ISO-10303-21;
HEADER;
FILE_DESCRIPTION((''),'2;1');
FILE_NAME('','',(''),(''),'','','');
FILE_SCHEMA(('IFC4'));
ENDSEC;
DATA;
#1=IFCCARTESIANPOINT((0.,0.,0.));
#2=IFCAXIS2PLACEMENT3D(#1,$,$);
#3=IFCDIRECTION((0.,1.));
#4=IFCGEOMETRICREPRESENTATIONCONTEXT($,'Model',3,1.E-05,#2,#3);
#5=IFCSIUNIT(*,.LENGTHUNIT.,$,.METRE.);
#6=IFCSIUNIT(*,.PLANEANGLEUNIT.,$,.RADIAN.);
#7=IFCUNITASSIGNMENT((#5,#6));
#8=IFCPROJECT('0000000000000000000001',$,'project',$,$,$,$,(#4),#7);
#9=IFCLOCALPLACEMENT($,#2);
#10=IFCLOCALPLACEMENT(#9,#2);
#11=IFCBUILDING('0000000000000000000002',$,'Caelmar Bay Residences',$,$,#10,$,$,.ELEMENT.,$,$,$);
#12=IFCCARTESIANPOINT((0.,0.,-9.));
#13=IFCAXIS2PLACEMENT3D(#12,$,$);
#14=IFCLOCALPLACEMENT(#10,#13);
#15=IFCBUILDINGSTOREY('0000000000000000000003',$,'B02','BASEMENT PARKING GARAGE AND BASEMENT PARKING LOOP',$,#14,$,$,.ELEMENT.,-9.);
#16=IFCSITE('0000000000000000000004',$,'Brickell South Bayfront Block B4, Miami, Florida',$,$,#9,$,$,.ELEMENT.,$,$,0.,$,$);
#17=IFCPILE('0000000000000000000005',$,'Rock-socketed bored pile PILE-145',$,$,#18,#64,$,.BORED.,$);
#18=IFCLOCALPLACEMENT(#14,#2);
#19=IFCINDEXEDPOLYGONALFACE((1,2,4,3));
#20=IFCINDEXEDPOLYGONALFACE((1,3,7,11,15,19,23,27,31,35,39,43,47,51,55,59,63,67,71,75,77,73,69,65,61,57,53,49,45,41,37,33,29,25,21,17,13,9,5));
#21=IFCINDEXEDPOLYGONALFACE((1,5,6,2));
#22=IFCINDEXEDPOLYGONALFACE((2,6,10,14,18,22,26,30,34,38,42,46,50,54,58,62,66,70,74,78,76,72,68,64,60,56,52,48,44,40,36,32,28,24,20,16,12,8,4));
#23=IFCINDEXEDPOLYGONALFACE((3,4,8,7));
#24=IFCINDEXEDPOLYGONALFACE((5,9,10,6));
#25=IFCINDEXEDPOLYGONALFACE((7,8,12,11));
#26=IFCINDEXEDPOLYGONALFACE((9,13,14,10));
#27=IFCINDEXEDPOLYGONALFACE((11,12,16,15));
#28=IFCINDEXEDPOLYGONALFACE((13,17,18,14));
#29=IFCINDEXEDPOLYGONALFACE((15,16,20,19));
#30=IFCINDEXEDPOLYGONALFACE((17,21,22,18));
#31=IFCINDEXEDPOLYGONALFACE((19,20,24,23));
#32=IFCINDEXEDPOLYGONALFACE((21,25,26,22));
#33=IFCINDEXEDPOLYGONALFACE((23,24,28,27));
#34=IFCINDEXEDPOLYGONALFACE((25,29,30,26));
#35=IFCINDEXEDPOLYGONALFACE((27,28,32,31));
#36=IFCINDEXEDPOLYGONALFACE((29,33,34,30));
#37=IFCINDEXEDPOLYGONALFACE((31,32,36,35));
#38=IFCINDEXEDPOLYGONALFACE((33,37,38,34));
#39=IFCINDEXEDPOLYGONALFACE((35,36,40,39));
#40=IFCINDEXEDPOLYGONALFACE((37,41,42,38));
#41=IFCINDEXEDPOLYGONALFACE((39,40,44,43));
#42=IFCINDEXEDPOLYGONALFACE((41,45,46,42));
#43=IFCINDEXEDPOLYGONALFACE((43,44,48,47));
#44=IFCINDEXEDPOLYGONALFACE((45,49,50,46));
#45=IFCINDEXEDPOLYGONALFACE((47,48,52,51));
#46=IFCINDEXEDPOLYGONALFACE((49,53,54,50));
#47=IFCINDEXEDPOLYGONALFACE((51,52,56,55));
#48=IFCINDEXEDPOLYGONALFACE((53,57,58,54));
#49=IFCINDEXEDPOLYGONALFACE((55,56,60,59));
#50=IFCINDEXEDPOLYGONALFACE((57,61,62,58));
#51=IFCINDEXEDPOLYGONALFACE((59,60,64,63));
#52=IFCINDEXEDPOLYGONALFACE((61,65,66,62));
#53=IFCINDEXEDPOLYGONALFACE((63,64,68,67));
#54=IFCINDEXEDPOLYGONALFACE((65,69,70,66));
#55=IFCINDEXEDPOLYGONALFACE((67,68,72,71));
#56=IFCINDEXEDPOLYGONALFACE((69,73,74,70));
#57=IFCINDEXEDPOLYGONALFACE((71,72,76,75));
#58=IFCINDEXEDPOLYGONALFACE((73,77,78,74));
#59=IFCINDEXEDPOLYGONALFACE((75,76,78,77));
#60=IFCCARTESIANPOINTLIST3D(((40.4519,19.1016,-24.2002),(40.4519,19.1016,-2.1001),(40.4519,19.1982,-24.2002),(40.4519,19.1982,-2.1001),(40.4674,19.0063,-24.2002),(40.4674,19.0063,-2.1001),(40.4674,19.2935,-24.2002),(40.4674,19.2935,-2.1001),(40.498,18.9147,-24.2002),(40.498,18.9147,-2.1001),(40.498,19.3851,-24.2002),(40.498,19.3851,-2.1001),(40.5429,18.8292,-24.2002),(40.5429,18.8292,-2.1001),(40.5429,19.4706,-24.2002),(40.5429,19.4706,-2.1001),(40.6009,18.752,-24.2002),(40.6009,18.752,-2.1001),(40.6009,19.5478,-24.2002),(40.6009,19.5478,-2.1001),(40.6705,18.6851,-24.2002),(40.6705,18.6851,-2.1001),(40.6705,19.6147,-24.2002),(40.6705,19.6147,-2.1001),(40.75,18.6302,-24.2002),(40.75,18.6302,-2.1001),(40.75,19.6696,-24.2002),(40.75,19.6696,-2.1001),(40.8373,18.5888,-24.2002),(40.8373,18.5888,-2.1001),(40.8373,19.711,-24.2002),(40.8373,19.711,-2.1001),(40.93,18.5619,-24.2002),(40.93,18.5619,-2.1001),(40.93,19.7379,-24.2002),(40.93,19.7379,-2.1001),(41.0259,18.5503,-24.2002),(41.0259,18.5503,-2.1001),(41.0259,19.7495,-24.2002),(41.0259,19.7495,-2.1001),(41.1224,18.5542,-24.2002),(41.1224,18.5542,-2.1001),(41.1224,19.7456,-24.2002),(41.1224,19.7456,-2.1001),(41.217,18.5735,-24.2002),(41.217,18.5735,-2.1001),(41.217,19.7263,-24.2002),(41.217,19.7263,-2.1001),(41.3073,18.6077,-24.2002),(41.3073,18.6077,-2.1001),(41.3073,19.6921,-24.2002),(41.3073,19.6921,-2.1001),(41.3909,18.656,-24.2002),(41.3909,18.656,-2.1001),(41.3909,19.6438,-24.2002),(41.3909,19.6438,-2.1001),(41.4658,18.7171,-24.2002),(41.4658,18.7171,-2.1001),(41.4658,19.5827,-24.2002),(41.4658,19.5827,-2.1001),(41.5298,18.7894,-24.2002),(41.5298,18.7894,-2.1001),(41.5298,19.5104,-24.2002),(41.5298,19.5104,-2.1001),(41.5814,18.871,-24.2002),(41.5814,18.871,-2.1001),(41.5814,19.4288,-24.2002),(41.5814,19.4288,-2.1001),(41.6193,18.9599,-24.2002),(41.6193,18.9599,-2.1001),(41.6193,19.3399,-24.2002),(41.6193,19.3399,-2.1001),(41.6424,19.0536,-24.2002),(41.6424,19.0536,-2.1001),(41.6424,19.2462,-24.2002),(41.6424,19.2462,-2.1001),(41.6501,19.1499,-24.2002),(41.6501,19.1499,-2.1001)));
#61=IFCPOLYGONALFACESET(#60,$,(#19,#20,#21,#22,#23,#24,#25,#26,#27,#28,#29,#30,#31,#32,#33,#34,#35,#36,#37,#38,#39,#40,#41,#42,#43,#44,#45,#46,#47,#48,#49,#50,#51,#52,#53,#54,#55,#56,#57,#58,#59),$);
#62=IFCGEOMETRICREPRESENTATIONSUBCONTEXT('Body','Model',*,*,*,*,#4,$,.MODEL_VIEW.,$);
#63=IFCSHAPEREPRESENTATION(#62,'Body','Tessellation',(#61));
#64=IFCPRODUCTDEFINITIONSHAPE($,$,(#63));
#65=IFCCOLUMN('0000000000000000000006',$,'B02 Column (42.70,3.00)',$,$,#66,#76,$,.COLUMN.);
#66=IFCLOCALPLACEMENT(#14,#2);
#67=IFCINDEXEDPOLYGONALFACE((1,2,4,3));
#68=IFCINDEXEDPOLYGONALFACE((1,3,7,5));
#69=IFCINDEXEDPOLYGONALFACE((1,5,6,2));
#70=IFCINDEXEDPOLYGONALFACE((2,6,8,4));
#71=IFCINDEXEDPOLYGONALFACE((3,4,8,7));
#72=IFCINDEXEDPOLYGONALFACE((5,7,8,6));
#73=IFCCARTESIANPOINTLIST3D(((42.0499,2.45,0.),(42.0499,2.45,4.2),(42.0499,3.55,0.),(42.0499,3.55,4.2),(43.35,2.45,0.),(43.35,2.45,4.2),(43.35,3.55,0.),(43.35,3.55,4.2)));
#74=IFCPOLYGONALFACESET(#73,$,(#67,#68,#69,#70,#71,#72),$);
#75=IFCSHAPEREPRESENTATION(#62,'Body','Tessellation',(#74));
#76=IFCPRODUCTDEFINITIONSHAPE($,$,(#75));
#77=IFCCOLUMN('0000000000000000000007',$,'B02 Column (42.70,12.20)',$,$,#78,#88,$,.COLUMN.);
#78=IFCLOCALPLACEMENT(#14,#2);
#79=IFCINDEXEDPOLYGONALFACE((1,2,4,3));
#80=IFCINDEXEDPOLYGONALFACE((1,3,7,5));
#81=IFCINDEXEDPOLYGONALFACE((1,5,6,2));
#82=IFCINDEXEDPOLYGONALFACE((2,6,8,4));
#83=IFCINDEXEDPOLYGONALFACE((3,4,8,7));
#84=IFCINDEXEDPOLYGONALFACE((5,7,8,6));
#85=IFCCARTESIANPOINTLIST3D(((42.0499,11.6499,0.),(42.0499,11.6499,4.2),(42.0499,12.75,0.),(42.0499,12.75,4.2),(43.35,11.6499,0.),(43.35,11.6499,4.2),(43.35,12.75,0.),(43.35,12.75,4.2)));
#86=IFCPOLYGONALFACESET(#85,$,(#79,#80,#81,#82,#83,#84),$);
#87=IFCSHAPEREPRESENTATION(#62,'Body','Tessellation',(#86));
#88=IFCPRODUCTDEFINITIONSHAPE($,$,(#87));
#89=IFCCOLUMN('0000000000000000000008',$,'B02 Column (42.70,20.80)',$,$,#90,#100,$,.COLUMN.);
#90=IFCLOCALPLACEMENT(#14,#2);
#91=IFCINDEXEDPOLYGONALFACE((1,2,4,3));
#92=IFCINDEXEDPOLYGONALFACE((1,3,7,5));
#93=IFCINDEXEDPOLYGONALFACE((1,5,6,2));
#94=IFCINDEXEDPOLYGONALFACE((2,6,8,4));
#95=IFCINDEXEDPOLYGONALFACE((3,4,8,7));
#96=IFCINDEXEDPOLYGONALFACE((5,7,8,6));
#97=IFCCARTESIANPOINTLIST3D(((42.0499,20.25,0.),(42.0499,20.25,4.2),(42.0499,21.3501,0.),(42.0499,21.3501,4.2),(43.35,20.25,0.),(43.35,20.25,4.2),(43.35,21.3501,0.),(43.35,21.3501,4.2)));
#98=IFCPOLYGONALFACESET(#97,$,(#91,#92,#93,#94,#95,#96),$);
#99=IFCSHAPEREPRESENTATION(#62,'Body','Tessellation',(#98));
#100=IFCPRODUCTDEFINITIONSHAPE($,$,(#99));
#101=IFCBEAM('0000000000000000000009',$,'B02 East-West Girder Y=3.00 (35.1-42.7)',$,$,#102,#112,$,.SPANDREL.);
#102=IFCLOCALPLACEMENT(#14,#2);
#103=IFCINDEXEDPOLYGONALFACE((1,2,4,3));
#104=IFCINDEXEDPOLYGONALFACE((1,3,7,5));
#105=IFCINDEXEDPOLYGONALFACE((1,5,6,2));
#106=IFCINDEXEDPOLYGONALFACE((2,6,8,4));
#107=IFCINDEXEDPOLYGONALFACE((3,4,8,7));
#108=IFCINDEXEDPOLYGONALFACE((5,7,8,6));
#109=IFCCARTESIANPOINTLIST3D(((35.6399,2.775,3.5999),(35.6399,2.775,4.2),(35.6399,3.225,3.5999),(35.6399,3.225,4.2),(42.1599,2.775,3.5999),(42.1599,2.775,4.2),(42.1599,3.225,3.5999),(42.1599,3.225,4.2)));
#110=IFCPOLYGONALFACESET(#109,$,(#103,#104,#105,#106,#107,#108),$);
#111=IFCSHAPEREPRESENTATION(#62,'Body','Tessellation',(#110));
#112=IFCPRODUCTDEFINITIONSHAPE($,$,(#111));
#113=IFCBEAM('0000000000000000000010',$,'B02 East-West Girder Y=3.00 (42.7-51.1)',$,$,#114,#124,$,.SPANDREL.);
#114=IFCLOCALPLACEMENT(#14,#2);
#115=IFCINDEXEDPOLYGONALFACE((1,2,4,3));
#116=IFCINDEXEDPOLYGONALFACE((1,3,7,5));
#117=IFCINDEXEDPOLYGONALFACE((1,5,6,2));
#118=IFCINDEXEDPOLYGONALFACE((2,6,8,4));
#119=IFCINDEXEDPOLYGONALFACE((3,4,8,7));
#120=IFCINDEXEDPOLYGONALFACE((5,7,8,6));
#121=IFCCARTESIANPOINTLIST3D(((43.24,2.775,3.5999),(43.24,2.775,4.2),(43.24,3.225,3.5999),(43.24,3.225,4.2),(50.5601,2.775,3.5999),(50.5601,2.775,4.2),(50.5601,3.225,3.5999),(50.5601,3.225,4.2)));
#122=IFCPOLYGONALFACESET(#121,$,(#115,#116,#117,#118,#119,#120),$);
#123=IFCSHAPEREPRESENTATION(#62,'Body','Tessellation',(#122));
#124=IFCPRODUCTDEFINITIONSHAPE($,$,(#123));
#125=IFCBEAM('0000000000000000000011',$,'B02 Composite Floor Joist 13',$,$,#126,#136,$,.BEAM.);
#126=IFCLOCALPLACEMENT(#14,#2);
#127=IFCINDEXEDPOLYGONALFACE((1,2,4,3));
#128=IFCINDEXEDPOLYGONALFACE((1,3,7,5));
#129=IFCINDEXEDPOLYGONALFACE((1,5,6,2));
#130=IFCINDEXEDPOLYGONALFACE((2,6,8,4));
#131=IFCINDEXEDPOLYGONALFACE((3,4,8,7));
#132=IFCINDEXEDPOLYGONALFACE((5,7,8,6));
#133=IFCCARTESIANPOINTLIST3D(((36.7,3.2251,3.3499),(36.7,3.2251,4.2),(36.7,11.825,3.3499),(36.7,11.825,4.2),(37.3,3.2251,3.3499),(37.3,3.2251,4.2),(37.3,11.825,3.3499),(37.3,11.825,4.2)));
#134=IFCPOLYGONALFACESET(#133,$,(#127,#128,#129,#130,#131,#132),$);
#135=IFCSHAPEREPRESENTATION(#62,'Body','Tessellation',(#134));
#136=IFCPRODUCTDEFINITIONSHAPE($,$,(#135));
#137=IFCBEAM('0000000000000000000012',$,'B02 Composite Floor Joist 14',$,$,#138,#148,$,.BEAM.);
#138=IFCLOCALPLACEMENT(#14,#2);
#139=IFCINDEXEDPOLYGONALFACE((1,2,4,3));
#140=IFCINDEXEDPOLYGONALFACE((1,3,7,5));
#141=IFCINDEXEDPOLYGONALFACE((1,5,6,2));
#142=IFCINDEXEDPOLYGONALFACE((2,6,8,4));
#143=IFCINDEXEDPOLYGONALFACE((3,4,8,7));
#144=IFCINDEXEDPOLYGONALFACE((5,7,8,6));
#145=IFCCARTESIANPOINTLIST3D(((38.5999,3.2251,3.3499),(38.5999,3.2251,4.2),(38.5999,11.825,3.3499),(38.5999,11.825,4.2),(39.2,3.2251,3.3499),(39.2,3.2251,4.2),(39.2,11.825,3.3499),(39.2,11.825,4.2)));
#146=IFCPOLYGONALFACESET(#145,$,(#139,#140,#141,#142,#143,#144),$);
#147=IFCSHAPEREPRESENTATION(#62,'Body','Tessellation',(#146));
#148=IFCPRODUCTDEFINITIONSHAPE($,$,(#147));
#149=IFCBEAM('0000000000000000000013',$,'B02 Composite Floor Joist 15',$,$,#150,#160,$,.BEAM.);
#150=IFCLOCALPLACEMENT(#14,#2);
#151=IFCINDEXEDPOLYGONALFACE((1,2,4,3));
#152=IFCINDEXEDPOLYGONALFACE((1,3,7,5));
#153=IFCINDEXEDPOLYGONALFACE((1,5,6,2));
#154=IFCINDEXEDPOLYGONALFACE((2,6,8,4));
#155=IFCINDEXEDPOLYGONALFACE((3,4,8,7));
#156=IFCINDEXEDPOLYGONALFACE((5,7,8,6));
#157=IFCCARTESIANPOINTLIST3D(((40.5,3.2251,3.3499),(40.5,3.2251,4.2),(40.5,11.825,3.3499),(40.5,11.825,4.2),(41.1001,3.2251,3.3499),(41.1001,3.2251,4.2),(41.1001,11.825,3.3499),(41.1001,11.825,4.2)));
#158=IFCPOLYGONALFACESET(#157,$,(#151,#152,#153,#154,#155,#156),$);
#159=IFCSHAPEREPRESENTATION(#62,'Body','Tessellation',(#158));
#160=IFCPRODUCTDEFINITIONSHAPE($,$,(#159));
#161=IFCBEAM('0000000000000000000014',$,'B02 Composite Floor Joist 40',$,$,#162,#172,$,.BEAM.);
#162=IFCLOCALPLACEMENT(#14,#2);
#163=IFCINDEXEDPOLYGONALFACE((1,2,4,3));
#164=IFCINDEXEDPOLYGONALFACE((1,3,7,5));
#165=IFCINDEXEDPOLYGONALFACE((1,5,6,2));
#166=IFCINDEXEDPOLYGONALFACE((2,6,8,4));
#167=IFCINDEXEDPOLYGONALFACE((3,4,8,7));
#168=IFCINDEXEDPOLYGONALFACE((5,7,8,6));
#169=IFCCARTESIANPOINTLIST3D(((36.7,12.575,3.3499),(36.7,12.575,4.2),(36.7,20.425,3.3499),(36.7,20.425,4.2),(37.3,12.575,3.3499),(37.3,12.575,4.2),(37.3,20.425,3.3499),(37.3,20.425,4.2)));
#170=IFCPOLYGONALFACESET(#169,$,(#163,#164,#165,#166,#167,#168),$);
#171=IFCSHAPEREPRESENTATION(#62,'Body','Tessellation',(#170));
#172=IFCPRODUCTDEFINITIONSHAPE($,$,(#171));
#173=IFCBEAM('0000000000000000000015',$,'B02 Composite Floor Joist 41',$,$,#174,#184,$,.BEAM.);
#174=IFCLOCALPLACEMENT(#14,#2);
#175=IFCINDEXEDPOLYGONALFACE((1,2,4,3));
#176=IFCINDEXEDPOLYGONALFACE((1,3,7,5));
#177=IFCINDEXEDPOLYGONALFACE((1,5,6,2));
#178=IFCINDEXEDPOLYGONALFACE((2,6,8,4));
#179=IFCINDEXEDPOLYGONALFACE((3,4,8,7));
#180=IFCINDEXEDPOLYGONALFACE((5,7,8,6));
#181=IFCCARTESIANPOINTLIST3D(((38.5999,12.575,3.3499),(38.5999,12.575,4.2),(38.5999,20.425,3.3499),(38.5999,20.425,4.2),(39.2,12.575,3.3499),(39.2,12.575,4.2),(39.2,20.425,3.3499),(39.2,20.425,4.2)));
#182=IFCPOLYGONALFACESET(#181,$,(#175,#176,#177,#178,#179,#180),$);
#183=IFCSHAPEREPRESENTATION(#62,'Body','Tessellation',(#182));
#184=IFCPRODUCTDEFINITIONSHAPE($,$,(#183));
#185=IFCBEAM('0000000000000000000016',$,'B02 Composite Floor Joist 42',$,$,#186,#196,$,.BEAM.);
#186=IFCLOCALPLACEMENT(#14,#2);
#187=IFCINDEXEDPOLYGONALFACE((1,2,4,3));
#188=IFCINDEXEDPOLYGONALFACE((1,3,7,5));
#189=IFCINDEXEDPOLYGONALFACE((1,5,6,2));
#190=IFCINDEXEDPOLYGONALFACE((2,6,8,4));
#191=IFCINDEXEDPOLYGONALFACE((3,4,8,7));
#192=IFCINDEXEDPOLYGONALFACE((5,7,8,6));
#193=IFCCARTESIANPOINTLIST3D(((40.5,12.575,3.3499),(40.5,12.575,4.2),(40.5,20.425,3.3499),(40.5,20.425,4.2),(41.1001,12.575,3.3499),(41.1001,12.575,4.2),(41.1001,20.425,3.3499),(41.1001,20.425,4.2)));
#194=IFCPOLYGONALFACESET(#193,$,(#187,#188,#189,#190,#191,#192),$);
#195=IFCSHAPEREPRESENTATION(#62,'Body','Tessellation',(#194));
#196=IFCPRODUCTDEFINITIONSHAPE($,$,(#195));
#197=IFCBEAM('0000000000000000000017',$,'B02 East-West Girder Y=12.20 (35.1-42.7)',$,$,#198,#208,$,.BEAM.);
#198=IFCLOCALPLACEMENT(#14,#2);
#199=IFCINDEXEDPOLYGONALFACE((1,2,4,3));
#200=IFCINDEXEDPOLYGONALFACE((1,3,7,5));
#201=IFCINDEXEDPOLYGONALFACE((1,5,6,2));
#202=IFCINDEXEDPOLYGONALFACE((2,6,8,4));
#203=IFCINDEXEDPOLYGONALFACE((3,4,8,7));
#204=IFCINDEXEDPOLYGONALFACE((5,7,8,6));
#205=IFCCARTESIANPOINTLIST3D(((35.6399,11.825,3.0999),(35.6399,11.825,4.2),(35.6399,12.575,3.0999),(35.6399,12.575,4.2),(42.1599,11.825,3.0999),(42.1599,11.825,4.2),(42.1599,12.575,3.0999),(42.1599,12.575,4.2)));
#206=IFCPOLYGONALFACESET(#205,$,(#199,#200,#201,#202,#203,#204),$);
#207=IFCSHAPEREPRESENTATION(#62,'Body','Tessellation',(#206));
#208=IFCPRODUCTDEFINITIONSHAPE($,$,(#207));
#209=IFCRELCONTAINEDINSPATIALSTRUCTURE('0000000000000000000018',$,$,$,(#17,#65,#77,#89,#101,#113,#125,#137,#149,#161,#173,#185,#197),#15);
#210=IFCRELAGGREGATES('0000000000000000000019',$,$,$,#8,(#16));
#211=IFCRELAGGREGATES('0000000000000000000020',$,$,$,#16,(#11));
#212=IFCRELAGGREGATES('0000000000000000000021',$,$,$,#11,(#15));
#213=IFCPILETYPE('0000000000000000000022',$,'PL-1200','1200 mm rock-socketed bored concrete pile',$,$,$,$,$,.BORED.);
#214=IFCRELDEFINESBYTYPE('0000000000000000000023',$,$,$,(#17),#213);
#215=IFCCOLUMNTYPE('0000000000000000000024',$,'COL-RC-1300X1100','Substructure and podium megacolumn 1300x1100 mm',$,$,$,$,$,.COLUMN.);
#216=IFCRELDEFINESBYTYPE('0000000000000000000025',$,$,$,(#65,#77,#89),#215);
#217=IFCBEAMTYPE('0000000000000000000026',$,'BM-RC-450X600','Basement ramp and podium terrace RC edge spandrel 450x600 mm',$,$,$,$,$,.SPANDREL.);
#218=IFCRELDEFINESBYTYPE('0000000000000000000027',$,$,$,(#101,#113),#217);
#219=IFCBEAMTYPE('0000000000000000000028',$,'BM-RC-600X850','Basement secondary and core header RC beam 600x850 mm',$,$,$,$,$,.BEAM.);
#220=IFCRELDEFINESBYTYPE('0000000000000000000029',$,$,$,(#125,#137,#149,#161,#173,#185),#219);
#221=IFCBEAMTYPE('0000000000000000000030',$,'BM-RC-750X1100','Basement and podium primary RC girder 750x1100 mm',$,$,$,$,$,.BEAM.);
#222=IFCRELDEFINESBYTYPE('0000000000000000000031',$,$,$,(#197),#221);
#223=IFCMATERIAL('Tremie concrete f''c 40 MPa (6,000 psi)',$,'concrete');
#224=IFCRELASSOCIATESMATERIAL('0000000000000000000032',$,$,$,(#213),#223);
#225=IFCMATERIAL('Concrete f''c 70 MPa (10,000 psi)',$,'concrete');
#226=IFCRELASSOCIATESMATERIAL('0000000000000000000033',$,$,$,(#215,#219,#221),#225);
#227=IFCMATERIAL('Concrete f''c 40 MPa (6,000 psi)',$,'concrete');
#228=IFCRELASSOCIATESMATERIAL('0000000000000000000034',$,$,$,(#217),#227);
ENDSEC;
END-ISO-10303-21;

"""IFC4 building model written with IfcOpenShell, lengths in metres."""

from ifc_helpers import new_model, si_unit, direction, frame, origin, origin_2d, place, context, subcontext, project, spatial, rectangle, circle, extrude, material, material_profile, profile_set, type_object, element, save


model = new_model("IFC4")

# Units and contexts
model_context = context("Model", 3, precision=1e-05, world=origin(), true_north=direction((0.0, 1.0)))
body_context = subcontext(model_context, "Body", "Model", "MODEL_VIEW")
ifc_project = project(units=[si_unit("LENGTHUNIT", "METRE"), si_unit("PLANEANGLEUNIT", "RADIAN")], contexts=[model_context])

# Site, building, storey
site_placement = place(None, origin())
site = spatial("IfcSite", under=ifc_project, at=site_placement, Name="Brickell South Bayfront Block B4, Miami, Florida", CompositionType="ELEMENT", RefElevation=0.0)
building_placement = place(site_placement, origin())
building = spatial("IfcBuilding", under=site, at=building_placement, Name="Caelmar Bay Residences", CompositionType="ELEMENT")
storey_placement = place(building_placement, frame((0.0, 0.0, -9.0)))
storey = spatial("IfcBuildingStorey", under=building, at=storey_placement, Name="B02", Description="BASEMENT PARKING GARAGE AND BASEMENT PARKING LOOP", CompositionType="ELEMENT", Elevation=-9.0)

# Pile
ifc_material_1 = material(Name="Tremie concrete f'c 40 MPa (6,000 psi)", Category="concrete")
ifc_material_profile_1 = material_profile(ifc_material_1, circle(Radius=0.6001, at=origin_2d()), Name="PILE-1200D")
ifc_profile_set_1 = profile_set([ifc_material_profile_1], Name="Tremie concrete f'c 40 MPa (6,000 psi)")
pile_type = type_object("IfcPileType", Name="PL-1200", Description="1200 mm rock-socketed bored concrete pile", PredefinedType="BORED", material=ifc_profile_set_1)
for number, where, z_axis, x_axis, name in (
    (1, (41.05, 19.1499, -2.1001), (0.0, 0.0, -1.0), (1.0, 0.0, 0.0), "Rock-socketed bored pile PILE-145"),
):
    element("IfcPile", number, at=place(storey_placement, frame(where, z_axis=z_axis, x_axis=x_axis)), inside=storey, type_object=pile_type, Name=name, PredefinedType="BORED", context=body_context, shape_type="SweptSolid", body=[
        extrude(circle(Radius=0.6001, at=origin_2d()), origin(), (0.0, 0.0, 1.0), 22.1001),
    ])

# Columns
ifc_material_2 = material(Name="Concrete f'c 70 MPa (10,000 psi)", Category="concrete")
ifc_material_profile_2 = material_profile(ifc_material_2, rectangle(XDim=1.3, YDim=1.1001, at=origin_2d()), Name="RC-COL-1300X1100")
ifc_profile_set_2 = profile_set([ifc_material_profile_2], Name="Concrete f'c 70 MPa (10,000 psi)")
column_type = type_object("IfcColumnType", Name="COL-RC-1300X1100", Description="Substructure and podium megacolumn 1300x1100 mm", PredefinedType="COLUMN", material=ifc_profile_set_2)
for number, where, z_axis, x_axis, name in (
    (2, (42.7, 3.0, 0.0), (0.0, 0.0, 1.0), (1.0, 0.0, 0.0), "B02 Column (42.70,3.00)"),
    (3, (42.7, 12.2, 0.0), (0.0, 0.0, 1.0), (1.0, 0.0, 0.0), "B02 Column (42.70,12.20)"),
    (4, (42.7, 20.8, 0.0), (0.0, 0.0, 1.0), (1.0, 0.0, 0.0), "B02 Column (42.70,20.80)"),
):
    element("IfcColumn", number, at=place(storey_placement, frame(where, z_axis=z_axis, x_axis=x_axis)), inside=storey, type_object=column_type, Name=name, PredefinedType="COLUMN", context=body_context, shape_type="SweptSolid", body=[
        extrude(rectangle(XDim=1.3, YDim=1.1001, at=origin_2d()), origin(), (0.0, 0.0, 1.0), 4.2),
    ])

# Beams
ifc_material_3 = material(Name="Concrete f'c 40 MPa (6,000 psi)", Category="concrete")
ifc_material_profile_3 = material_profile(ifc_material_3, rectangle(XDim=0.45, YDim=0.6001, at=origin_2d()), Name="RC-BM-450X600")
ifc_profile_set_3 = profile_set([ifc_material_profile_3], Name="Concrete f'c 40 MPa (6,000 psi)")
beam_type_1 = type_object("IfcBeamType", Name="BM-RC-450X600", Description="Basement ramp and podium terrace RC edge spandrel 450x600 mm", PredefinedType="SPANDREL", material=ifc_profile_set_3)
beam_1_placement = place(storey_placement, frame((35.6399, 3.0, 3.8999), z_axis=(1.0, 0.0, 0.0), x_axis=(0.0, 1.0, 0.0)))
element("IfcBeam", 5, at=beam_1_placement, inside=storey, type_object=beam_type_1, Name="B02 East-West Girder Y=3.00 (35.1-42.7)", PredefinedType="SPANDREL", context=body_context, shape_type="SweptSolid", body=[
    extrude(rectangle(XDim=0.45, YDim=0.6001, at=origin_2d()), origin(), (0.0, 0.0, 1.0), 6.52),
])
beam_2_placement = place(storey_placement, frame((43.24, 3.0, 3.8999), z_axis=(1.0, 0.0, 0.0), x_axis=(0.0, 1.0, 0.0)))
element("IfcBeam", 6, at=beam_2_placement, inside=storey, type_object=beam_type_1, Name="B02 East-West Girder Y=3.00 (42.7-51.1)", PredefinedType="SPANDREL", context=body_context, shape_type="SweptSolid", body=[
    extrude(rectangle(XDim=0.45, YDim=0.6001, at=origin_2d()), origin(), (0.0, 0.0, 1.0), 7.3201),
])
ifc_material_profile_4 = material_profile(ifc_material_2, rectangle(XDim=0.6001, YDim=0.8501, at=origin_2d()), Name="RC-BM-600X850")
ifc_profile_set_4 = profile_set([ifc_material_profile_4], Name="Concrete f'c 70 MPa (10,000 psi)")
beam_type_2 = type_object("IfcBeamType", Name="BM-RC-600X850", Description="Basement secondary and core header RC beam 600x850 mm", PredefinedType="BEAM", material=ifc_profile_set_4)
for number, where, z_axis, x_axis, name in (
    (7, (37.0, 3.2251, 3.7749), (0.0, 1.0, 0.0), (-1.0, 0.0, 0.0), "B02 Composite Floor Joist 13"),
    (8, (38.8999, 3.2251, 3.7749), (0.0, 1.0, 0.0), (-1.0, 0.0, 0.0), "B02 Composite Floor Joist 14"),
    (9, (40.8, 3.2251, 3.7749), (0.0, 1.0, 0.0), (-1.0, 0.0, 0.0), "B02 Composite Floor Joist 15"),
):
    element("IfcBeam", number, at=place(storey_placement, frame(where, z_axis=z_axis, x_axis=x_axis)), inside=storey, type_object=beam_type_2, Name=name, PredefinedType="BEAM", context=body_context, shape_type="SweptSolid", body=[
        extrude(rectangle(XDim=0.6001, YDim=0.8501, at=origin_2d()), origin(), (0.0, 0.0, 1.0), 8.5999),
    ])
for number, where, z_axis, x_axis, name in (
    (10, (37.0, 12.575, 3.7749), (0.0, 1.0, 0.0), (-1.0, 0.0, 0.0), "B02 Composite Floor Joist 40"),
    (11, (38.8999, 12.575, 3.7749), (0.0, 1.0, 0.0), (-1.0, 0.0, 0.0), "B02 Composite Floor Joist 41"),
    (12, (40.8, 12.575, 3.7749), (0.0, 1.0, 0.0), (-1.0, 0.0, 0.0), "B02 Composite Floor Joist 42"),
):
    element("IfcBeam", number, at=place(storey_placement, frame(where, z_axis=z_axis, x_axis=x_axis)), inside=storey, type_object=beam_type_2, Name=name, PredefinedType="BEAM", context=body_context, shape_type="SweptSolid", body=[
        extrude(rectangle(XDim=0.6001, YDim=0.8501, at=origin_2d()), origin(), (0.0, 0.0, 1.0), 7.8501),
    ])
ifc_material_profile_5 = material_profile(ifc_material_2, rectangle(XDim=0.75, YDim=1.1001, at=origin_2d()), Name="RC-BM-750X1100")
ifc_profile_set_5 = profile_set([ifc_material_profile_5], Name="Concrete f'c 70 MPa (10,000 psi)")
beam_type_3 = type_object("IfcBeamType", Name="BM-RC-750X1100", Description="Basement and podium primary RC girder 750x1100 mm", PredefinedType="BEAM", material=ifc_profile_set_5)
beam_3_placement = place(storey_placement, frame((35.6399, 12.2, 3.6499), z_axis=(1.0, 0.0, 0.0), x_axis=(0.0, 1.0, 0.0)))
element("IfcBeam", 13, at=beam_3_placement, inside=storey, type_object=beam_type_3, Name="B02 East-West Girder Y=12.20 (35.1-42.7)", PredefinedType="BEAM", context=body_context, shape_type="SweptSolid", body=[
    extrude(rectangle(XDim=0.75, YDim=1.1001, at=origin_2d()), origin(), (0.0, 0.0, 1.0), 6.52),
])

save(model, "model.ifc")
